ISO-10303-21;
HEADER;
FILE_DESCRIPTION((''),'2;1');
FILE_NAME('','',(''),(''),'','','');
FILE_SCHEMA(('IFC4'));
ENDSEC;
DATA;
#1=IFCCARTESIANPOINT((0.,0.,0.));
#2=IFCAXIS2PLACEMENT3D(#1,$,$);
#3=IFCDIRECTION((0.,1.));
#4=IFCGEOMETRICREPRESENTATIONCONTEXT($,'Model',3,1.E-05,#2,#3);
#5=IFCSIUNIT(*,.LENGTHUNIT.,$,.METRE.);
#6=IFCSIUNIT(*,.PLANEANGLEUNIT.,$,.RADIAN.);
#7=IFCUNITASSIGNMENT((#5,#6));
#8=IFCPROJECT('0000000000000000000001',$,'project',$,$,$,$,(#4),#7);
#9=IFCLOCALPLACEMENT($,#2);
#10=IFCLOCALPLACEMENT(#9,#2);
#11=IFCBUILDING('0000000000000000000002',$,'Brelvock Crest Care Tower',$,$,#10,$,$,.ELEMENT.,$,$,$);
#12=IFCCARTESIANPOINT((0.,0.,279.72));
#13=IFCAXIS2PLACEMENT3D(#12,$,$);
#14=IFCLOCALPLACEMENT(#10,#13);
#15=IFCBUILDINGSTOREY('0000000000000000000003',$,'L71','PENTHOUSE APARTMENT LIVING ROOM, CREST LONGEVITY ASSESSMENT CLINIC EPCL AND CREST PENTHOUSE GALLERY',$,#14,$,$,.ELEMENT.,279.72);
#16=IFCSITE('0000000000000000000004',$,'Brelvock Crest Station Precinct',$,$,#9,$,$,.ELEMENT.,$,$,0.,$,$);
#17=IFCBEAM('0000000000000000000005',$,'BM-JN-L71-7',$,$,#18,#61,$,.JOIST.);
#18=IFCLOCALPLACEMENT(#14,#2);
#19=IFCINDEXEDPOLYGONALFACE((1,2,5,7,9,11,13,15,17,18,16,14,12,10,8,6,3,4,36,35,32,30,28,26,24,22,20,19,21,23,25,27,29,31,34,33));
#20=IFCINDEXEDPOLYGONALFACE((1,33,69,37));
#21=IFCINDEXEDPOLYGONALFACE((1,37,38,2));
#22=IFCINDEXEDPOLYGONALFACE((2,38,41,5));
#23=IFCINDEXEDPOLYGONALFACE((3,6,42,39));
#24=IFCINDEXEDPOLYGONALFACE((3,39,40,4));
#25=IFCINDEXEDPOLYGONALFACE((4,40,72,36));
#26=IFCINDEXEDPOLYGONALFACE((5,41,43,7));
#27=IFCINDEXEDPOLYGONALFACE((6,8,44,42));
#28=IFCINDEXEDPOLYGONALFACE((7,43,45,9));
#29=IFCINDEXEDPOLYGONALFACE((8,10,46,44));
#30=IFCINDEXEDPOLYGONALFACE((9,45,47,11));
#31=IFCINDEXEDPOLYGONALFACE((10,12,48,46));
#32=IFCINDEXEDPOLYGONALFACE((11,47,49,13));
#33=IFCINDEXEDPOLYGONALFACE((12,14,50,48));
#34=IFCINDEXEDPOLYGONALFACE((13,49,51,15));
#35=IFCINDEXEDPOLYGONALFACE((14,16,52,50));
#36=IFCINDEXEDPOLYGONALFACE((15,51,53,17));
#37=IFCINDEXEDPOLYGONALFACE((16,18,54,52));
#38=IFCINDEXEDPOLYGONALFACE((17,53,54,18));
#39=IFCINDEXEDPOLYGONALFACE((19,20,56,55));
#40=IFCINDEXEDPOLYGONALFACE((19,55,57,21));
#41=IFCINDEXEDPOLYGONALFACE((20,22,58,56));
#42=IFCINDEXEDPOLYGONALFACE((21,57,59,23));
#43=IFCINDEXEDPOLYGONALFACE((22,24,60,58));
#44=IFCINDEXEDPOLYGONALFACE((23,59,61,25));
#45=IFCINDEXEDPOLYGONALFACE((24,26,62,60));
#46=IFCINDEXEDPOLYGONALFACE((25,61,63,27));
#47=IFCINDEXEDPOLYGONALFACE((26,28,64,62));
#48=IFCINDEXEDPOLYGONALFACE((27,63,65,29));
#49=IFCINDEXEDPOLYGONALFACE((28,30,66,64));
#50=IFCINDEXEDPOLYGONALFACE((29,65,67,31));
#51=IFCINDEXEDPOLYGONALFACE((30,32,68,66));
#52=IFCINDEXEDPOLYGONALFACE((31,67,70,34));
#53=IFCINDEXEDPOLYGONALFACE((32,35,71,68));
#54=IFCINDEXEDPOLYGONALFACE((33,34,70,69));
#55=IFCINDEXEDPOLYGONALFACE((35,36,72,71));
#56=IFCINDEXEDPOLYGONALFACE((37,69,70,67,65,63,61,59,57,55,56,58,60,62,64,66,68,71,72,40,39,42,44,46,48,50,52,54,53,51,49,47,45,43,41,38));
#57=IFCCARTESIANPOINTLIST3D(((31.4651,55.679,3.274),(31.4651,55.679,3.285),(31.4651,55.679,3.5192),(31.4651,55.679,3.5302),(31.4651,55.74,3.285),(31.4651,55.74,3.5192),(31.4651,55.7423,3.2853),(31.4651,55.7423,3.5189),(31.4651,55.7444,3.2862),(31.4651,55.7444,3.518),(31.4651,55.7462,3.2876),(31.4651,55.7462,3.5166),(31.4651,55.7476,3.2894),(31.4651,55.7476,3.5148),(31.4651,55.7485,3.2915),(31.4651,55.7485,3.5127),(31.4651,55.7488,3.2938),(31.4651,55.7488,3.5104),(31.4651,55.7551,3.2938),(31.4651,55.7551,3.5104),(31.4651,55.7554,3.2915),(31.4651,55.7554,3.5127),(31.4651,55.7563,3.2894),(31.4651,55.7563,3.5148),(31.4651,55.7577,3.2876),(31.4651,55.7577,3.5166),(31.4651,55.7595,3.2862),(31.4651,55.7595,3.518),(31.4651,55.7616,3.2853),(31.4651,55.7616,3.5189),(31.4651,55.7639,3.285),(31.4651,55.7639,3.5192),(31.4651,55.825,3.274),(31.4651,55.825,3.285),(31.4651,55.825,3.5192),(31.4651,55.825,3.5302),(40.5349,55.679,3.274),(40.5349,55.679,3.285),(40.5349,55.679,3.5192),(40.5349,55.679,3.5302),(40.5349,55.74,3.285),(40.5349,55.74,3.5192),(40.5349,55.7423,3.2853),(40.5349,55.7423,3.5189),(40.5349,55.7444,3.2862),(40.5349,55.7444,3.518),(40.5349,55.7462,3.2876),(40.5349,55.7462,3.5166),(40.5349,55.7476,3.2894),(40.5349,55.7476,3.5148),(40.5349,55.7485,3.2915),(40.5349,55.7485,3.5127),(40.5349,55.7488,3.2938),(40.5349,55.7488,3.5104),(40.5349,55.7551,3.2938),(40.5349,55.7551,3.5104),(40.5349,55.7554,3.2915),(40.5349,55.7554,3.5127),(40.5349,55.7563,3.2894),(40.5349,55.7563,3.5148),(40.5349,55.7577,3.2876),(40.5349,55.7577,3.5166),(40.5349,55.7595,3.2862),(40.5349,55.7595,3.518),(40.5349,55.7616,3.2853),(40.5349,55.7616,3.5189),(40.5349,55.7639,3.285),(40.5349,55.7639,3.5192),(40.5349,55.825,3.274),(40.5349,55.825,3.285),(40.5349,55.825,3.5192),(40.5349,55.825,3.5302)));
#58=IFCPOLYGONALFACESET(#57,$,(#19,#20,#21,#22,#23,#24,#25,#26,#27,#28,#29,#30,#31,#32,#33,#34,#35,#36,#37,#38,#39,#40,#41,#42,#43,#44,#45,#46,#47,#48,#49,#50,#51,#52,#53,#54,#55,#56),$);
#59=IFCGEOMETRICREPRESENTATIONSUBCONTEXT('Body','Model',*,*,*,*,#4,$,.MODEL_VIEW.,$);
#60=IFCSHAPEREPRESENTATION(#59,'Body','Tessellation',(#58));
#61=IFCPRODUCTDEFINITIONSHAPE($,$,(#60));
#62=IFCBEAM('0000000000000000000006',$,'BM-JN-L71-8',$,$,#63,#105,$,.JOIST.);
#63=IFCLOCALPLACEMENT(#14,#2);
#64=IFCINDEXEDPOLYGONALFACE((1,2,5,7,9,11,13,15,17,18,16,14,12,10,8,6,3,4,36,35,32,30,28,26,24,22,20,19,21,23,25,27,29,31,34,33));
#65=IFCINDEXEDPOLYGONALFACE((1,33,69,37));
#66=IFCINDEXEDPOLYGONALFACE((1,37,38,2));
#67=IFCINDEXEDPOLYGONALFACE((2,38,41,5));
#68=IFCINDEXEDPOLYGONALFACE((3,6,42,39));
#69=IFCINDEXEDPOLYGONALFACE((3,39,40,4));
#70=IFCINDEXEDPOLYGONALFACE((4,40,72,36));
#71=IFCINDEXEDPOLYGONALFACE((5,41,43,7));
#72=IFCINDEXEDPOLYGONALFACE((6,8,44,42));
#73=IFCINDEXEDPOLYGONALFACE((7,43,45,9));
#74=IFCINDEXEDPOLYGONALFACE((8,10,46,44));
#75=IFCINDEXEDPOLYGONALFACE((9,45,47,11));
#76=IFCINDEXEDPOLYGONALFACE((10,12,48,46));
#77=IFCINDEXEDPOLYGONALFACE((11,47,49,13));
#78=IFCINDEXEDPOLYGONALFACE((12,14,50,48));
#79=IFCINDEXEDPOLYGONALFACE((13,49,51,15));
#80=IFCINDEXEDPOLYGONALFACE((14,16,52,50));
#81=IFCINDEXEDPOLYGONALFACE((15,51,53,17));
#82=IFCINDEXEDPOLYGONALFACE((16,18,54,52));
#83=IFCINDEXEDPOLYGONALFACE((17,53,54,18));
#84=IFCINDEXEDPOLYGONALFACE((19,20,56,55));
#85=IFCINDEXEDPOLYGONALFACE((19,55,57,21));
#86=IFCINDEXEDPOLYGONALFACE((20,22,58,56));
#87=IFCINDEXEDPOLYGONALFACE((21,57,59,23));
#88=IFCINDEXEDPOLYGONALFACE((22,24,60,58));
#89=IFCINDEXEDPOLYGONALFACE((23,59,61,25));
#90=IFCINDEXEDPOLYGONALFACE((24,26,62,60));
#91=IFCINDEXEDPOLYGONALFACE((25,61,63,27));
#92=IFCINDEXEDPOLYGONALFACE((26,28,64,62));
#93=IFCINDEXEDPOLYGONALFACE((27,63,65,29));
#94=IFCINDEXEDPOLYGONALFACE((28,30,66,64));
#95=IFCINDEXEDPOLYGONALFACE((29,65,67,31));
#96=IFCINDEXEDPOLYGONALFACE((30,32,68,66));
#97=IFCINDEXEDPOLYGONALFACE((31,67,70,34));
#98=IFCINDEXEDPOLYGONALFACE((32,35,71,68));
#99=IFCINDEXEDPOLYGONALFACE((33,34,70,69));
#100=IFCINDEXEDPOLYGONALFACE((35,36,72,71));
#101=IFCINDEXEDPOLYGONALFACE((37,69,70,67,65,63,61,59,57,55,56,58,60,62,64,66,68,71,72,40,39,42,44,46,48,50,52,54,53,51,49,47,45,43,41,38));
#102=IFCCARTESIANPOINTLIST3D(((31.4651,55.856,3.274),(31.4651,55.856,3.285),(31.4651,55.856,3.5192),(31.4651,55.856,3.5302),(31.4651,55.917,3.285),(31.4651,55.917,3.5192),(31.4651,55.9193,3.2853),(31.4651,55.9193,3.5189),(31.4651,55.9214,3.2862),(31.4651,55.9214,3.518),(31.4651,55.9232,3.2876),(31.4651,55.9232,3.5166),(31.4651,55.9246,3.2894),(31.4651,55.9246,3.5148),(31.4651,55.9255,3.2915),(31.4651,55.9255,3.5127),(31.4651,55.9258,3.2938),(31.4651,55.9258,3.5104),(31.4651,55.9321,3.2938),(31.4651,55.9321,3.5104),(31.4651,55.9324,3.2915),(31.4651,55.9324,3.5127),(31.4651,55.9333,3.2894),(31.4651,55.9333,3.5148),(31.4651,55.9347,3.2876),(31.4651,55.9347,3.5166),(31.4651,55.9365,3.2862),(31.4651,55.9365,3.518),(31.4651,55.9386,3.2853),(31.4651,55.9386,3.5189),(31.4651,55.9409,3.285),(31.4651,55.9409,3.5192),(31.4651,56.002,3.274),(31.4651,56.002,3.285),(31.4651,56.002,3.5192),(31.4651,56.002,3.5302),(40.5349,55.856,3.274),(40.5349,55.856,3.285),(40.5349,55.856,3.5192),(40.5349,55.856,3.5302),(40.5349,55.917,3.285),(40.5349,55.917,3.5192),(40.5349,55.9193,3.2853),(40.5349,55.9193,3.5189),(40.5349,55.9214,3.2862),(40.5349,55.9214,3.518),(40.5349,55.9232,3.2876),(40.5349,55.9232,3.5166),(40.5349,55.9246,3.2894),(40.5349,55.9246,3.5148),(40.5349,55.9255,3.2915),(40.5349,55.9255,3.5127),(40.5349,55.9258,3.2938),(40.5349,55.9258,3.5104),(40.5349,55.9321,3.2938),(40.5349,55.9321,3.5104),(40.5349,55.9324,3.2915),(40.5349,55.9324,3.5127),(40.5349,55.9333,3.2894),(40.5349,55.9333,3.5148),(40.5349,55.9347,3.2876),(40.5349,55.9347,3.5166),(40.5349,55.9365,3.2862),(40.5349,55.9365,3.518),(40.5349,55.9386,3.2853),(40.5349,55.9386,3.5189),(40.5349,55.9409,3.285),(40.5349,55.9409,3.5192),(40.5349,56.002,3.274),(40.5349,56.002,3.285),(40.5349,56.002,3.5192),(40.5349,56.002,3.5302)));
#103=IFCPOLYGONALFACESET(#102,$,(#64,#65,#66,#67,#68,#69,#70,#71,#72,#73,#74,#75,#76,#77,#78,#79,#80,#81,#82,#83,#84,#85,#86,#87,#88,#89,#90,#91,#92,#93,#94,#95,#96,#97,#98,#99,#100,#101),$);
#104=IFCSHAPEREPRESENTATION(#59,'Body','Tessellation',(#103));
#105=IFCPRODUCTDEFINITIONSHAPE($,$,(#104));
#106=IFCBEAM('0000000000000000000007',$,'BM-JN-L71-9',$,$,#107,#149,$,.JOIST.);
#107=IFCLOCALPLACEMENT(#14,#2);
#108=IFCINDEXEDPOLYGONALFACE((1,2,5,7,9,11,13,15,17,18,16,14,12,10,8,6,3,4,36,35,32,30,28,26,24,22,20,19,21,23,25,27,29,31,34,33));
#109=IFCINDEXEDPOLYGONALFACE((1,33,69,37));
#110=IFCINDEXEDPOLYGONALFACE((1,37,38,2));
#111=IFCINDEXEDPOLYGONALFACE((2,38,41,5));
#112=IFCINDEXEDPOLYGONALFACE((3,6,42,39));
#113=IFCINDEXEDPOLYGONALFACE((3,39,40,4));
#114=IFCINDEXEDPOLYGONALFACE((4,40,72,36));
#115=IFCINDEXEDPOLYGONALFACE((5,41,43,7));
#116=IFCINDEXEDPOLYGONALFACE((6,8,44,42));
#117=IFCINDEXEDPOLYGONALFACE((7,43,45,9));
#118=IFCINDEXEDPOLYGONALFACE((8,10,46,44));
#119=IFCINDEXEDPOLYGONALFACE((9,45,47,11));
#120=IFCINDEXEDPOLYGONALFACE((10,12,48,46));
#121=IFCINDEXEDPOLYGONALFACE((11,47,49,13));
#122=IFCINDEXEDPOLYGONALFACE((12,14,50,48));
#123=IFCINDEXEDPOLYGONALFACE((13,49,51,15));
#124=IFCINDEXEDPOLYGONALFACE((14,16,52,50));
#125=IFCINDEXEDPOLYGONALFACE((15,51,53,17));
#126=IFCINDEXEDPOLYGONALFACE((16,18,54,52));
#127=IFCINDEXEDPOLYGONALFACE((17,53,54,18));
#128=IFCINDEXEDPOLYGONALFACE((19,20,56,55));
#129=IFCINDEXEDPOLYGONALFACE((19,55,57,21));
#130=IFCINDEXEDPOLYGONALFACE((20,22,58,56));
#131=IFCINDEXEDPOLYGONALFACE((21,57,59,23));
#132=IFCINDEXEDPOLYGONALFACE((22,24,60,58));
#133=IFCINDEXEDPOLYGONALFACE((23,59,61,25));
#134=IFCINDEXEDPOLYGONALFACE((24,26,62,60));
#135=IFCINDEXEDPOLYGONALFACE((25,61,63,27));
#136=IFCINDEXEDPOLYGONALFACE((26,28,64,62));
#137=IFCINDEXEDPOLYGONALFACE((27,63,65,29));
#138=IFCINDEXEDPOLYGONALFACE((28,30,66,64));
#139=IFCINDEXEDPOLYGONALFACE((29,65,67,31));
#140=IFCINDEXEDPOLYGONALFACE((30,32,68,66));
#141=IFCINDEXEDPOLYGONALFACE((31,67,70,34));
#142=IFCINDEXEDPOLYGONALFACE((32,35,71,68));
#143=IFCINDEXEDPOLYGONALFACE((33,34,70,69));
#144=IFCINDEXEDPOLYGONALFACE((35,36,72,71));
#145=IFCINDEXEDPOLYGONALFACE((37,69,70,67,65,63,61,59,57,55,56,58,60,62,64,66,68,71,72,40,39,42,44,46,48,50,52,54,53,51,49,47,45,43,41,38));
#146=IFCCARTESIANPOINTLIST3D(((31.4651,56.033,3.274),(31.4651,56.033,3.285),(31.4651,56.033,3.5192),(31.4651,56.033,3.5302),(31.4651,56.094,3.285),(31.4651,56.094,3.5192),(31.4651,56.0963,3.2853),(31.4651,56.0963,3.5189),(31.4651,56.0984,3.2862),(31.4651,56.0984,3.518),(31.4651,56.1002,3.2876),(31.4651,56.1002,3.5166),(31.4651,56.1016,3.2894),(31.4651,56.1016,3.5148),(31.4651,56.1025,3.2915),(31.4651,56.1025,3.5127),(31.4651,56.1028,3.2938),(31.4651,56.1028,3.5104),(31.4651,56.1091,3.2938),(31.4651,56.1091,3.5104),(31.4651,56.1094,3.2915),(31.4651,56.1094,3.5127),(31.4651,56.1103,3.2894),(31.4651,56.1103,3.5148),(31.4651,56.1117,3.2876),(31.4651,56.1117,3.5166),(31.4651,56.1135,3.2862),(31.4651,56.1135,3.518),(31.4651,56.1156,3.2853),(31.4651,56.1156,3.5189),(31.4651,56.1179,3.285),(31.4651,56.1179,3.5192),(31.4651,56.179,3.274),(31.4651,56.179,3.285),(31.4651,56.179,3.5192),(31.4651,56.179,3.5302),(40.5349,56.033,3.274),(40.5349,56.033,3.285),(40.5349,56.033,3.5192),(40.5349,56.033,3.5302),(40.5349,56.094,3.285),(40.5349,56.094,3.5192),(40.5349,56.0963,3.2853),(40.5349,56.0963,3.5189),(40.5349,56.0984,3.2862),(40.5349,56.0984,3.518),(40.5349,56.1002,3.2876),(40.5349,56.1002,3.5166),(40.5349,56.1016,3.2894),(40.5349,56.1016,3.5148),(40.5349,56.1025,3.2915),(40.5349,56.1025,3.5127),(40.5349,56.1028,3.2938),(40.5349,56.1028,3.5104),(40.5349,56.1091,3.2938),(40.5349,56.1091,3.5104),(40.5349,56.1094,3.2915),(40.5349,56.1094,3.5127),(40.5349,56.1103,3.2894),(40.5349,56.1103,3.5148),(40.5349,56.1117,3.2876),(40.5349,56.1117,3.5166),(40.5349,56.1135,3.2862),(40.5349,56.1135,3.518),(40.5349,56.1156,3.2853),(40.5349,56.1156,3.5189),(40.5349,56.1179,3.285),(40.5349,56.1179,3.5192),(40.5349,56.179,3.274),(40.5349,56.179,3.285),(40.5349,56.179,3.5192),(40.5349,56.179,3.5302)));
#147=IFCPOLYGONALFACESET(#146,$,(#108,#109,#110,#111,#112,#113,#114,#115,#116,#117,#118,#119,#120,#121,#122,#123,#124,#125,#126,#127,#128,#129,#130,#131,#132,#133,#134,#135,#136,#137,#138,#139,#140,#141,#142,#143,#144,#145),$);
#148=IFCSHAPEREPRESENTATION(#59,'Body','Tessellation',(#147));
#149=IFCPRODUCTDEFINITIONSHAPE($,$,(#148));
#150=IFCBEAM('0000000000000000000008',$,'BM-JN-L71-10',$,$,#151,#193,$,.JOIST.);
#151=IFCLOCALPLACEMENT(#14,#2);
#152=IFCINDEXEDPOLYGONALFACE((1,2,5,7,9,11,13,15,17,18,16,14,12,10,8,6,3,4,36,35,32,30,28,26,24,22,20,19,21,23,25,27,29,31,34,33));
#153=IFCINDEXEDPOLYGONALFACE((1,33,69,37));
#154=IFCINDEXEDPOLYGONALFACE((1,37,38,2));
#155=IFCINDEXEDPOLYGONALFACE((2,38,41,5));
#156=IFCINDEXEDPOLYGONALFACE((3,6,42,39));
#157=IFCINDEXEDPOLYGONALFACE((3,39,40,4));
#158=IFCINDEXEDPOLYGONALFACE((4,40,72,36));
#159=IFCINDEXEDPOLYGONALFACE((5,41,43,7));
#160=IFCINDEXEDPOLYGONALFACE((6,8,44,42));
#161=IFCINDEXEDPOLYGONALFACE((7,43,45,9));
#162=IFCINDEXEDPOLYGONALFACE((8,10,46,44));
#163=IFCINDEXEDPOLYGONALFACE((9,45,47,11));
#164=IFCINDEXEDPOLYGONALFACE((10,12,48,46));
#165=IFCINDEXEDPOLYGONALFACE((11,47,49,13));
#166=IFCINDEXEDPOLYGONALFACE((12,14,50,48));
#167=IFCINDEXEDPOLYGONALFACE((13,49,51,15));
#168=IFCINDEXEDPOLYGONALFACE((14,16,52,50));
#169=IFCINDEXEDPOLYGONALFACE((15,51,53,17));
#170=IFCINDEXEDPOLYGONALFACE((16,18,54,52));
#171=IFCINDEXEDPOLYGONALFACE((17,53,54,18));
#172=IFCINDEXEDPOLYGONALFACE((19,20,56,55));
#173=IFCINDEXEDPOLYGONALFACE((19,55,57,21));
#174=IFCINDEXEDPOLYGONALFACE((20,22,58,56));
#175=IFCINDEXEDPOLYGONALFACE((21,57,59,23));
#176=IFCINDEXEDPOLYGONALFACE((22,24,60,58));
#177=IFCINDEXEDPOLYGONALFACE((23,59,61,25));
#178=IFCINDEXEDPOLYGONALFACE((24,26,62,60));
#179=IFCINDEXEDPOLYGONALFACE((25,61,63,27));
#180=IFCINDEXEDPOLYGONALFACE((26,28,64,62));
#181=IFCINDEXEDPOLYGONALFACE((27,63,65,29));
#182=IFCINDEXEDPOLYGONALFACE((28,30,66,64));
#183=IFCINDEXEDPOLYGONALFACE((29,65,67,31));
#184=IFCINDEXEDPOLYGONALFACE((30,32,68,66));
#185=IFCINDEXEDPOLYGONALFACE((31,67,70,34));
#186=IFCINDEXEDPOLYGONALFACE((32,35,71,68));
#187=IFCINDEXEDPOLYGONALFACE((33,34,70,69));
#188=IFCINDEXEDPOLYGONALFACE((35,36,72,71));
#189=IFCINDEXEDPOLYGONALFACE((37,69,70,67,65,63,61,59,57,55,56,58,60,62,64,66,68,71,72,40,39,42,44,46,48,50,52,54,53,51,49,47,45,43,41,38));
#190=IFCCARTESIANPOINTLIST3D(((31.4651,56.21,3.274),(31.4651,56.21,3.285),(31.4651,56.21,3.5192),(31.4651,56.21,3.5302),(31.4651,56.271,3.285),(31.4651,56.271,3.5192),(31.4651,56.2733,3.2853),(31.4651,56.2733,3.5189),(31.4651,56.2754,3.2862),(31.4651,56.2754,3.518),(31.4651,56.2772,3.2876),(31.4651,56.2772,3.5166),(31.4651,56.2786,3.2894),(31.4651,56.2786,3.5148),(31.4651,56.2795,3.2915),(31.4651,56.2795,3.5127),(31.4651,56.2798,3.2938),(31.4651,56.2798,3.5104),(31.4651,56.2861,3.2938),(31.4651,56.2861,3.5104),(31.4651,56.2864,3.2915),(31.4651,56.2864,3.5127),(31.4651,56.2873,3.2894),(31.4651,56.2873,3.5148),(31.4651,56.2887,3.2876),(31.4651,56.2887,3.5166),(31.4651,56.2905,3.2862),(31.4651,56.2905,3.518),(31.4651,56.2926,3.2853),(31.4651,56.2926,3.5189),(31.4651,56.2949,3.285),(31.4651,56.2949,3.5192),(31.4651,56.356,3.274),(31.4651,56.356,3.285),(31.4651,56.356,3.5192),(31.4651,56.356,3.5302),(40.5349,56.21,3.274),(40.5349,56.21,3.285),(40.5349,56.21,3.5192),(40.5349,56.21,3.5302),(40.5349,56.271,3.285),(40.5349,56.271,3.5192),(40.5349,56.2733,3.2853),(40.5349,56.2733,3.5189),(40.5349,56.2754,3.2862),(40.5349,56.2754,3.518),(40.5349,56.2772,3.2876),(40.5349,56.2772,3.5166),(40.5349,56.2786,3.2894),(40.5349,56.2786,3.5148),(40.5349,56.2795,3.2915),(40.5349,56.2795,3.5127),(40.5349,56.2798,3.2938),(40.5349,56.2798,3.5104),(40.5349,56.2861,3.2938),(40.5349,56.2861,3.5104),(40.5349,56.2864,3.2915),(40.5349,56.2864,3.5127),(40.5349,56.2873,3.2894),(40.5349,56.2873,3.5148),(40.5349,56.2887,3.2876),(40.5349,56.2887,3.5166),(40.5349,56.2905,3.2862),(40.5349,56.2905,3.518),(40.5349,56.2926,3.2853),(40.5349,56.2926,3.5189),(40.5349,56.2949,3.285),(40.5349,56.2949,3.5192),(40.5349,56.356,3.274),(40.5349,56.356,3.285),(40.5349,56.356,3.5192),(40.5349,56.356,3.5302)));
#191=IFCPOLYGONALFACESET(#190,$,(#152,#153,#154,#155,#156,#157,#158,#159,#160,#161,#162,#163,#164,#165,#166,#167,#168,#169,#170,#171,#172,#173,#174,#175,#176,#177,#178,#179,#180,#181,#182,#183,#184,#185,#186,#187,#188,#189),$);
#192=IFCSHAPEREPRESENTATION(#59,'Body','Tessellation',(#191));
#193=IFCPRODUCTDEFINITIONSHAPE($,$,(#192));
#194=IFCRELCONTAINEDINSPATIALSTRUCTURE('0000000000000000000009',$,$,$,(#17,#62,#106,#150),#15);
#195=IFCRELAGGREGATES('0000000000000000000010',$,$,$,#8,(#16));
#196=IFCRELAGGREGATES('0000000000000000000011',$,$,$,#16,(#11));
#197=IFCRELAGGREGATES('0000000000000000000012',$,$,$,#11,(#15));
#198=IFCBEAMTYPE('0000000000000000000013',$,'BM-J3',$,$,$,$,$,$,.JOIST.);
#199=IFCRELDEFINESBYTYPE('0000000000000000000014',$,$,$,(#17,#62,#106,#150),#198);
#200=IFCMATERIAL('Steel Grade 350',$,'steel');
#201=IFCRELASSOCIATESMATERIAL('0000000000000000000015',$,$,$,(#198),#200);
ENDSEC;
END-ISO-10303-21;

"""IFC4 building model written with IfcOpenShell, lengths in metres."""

from ifc_helpers import new_model, si_unit, direction, frame, origin, origin_2d, place, context, subcontext, project, spatial, i_section, extrude, source, transform, mapped, material, material_profile, profile_set, type_object, element, save


model = new_model("IFC4")

# Units and contexts
model_context = context("Model", 3, precision=1e-05, world=origin(), true_north=direction((0.0, 1.0)))
body_context = subcontext(model_context, "Body", "Model", "MODEL_VIEW")
ifc_project = project(units=[si_unit("LENGTHUNIT", "METRE"), si_unit("PLANEANGLEUNIT", "RADIAN")], contexts=[model_context])

# Site, building, storey
site_placement = place(None, origin())
site = spatial("IfcSite", under=ifc_project, at=site_placement, Name="Brelvock Crest Station Precinct", CompositionType="ELEMENT", RefElevation=0.0)
building_placement = place(site_placement, origin())
building = spatial("IfcBuilding", under=site, at=building_placement, Name="Brelvock Crest Care Tower", CompositionType="ELEMENT")
storey_placement = place(building_placement, frame((0.0, 0.0, 279.72)))
storey = spatial("IfcBuildingStorey", under=building, at=storey_placement, Name="L71", Description="PENTHOUSE APARTMENT LIVING ROOM, CREST LONGEVITY ASSESSMENT CLINIC EPCL AND CREST PENTHOUSE GALLERY", CompositionType="ELEMENT", Elevation=279.72)

# Shared definitions
ifc_material_1 = material(Name="Steel Grade 350", Category="steel")

# Beams
ifc_material_profile_1 = material_profile(ifc_material_1, i_section(OverallWidth=0.146, OverallDepth=0.2561, WebThickness=0.0063, FlangeThickness=0.011, FilletRadius=0.0088, at=origin_2d()), Name="250UB37.3")
ifc_profile_set_1 = profile_set([ifc_material_profile_1], Name="Steel Grade 350")
beam_type_1 = type_object("IfcBeamType", Name="BM-J3", PredefinedType="JOIST", material=ifc_profile_set_1)
shared_shape_1 = source(origin(), body_context, "Body", "SweptSolid", [
    extrude(i_section(OverallWidth=0.146, OverallDepth=0.2561, WebThickness=0.0063, FlangeThickness=0.011, FilletRadius=0.0088, at=origin_2d()), origin(), (0.0, 0.0, 1.0), 9.0698),
])
for number, where, z_axis, x_axis, name in (
    (1, (31.4651, 55.752, 3.4021), (1.0, 0.0, 0.0), (0.0, 1.0, 0.0), "BM-JN-L71-7"),
    (2, (31.4651, 55.929, 3.4021), (1.0, 0.0, 0.0), (0.0, 1.0, 0.0), "BM-JN-L71-8"),
    (3, (31.4651, 56.106, 3.4021), (1.0, 0.0, 0.0), (0.0, 1.0, 0.0), "BM-JN-L71-9"),
    (4, (31.4651, 56.283, 3.4021), (1.0, 0.0, 0.0), (0.0, 1.0, 0.0), "BM-JN-L71-10"),
):
    element("IfcBeam", number, at=place(storey_placement, frame(where, z_axis=z_axis, x_axis=x_axis)), inside=storey, type_object=beam_type_1, Name=name, PredefinedType="JOIST", context=body_context, shape_type="MappedRepresentation", body=[
        mapped(shared_shape_1, transform((0.0, 0.0, 0.0), x_axis=(1.0, 0.0, 0.0), y_axis=(0.0, 1.0, 0.0), z_axis=(0.0, 0.0, 1.0), scale=1.0)),
    ])

save(model, "model.ifc")
